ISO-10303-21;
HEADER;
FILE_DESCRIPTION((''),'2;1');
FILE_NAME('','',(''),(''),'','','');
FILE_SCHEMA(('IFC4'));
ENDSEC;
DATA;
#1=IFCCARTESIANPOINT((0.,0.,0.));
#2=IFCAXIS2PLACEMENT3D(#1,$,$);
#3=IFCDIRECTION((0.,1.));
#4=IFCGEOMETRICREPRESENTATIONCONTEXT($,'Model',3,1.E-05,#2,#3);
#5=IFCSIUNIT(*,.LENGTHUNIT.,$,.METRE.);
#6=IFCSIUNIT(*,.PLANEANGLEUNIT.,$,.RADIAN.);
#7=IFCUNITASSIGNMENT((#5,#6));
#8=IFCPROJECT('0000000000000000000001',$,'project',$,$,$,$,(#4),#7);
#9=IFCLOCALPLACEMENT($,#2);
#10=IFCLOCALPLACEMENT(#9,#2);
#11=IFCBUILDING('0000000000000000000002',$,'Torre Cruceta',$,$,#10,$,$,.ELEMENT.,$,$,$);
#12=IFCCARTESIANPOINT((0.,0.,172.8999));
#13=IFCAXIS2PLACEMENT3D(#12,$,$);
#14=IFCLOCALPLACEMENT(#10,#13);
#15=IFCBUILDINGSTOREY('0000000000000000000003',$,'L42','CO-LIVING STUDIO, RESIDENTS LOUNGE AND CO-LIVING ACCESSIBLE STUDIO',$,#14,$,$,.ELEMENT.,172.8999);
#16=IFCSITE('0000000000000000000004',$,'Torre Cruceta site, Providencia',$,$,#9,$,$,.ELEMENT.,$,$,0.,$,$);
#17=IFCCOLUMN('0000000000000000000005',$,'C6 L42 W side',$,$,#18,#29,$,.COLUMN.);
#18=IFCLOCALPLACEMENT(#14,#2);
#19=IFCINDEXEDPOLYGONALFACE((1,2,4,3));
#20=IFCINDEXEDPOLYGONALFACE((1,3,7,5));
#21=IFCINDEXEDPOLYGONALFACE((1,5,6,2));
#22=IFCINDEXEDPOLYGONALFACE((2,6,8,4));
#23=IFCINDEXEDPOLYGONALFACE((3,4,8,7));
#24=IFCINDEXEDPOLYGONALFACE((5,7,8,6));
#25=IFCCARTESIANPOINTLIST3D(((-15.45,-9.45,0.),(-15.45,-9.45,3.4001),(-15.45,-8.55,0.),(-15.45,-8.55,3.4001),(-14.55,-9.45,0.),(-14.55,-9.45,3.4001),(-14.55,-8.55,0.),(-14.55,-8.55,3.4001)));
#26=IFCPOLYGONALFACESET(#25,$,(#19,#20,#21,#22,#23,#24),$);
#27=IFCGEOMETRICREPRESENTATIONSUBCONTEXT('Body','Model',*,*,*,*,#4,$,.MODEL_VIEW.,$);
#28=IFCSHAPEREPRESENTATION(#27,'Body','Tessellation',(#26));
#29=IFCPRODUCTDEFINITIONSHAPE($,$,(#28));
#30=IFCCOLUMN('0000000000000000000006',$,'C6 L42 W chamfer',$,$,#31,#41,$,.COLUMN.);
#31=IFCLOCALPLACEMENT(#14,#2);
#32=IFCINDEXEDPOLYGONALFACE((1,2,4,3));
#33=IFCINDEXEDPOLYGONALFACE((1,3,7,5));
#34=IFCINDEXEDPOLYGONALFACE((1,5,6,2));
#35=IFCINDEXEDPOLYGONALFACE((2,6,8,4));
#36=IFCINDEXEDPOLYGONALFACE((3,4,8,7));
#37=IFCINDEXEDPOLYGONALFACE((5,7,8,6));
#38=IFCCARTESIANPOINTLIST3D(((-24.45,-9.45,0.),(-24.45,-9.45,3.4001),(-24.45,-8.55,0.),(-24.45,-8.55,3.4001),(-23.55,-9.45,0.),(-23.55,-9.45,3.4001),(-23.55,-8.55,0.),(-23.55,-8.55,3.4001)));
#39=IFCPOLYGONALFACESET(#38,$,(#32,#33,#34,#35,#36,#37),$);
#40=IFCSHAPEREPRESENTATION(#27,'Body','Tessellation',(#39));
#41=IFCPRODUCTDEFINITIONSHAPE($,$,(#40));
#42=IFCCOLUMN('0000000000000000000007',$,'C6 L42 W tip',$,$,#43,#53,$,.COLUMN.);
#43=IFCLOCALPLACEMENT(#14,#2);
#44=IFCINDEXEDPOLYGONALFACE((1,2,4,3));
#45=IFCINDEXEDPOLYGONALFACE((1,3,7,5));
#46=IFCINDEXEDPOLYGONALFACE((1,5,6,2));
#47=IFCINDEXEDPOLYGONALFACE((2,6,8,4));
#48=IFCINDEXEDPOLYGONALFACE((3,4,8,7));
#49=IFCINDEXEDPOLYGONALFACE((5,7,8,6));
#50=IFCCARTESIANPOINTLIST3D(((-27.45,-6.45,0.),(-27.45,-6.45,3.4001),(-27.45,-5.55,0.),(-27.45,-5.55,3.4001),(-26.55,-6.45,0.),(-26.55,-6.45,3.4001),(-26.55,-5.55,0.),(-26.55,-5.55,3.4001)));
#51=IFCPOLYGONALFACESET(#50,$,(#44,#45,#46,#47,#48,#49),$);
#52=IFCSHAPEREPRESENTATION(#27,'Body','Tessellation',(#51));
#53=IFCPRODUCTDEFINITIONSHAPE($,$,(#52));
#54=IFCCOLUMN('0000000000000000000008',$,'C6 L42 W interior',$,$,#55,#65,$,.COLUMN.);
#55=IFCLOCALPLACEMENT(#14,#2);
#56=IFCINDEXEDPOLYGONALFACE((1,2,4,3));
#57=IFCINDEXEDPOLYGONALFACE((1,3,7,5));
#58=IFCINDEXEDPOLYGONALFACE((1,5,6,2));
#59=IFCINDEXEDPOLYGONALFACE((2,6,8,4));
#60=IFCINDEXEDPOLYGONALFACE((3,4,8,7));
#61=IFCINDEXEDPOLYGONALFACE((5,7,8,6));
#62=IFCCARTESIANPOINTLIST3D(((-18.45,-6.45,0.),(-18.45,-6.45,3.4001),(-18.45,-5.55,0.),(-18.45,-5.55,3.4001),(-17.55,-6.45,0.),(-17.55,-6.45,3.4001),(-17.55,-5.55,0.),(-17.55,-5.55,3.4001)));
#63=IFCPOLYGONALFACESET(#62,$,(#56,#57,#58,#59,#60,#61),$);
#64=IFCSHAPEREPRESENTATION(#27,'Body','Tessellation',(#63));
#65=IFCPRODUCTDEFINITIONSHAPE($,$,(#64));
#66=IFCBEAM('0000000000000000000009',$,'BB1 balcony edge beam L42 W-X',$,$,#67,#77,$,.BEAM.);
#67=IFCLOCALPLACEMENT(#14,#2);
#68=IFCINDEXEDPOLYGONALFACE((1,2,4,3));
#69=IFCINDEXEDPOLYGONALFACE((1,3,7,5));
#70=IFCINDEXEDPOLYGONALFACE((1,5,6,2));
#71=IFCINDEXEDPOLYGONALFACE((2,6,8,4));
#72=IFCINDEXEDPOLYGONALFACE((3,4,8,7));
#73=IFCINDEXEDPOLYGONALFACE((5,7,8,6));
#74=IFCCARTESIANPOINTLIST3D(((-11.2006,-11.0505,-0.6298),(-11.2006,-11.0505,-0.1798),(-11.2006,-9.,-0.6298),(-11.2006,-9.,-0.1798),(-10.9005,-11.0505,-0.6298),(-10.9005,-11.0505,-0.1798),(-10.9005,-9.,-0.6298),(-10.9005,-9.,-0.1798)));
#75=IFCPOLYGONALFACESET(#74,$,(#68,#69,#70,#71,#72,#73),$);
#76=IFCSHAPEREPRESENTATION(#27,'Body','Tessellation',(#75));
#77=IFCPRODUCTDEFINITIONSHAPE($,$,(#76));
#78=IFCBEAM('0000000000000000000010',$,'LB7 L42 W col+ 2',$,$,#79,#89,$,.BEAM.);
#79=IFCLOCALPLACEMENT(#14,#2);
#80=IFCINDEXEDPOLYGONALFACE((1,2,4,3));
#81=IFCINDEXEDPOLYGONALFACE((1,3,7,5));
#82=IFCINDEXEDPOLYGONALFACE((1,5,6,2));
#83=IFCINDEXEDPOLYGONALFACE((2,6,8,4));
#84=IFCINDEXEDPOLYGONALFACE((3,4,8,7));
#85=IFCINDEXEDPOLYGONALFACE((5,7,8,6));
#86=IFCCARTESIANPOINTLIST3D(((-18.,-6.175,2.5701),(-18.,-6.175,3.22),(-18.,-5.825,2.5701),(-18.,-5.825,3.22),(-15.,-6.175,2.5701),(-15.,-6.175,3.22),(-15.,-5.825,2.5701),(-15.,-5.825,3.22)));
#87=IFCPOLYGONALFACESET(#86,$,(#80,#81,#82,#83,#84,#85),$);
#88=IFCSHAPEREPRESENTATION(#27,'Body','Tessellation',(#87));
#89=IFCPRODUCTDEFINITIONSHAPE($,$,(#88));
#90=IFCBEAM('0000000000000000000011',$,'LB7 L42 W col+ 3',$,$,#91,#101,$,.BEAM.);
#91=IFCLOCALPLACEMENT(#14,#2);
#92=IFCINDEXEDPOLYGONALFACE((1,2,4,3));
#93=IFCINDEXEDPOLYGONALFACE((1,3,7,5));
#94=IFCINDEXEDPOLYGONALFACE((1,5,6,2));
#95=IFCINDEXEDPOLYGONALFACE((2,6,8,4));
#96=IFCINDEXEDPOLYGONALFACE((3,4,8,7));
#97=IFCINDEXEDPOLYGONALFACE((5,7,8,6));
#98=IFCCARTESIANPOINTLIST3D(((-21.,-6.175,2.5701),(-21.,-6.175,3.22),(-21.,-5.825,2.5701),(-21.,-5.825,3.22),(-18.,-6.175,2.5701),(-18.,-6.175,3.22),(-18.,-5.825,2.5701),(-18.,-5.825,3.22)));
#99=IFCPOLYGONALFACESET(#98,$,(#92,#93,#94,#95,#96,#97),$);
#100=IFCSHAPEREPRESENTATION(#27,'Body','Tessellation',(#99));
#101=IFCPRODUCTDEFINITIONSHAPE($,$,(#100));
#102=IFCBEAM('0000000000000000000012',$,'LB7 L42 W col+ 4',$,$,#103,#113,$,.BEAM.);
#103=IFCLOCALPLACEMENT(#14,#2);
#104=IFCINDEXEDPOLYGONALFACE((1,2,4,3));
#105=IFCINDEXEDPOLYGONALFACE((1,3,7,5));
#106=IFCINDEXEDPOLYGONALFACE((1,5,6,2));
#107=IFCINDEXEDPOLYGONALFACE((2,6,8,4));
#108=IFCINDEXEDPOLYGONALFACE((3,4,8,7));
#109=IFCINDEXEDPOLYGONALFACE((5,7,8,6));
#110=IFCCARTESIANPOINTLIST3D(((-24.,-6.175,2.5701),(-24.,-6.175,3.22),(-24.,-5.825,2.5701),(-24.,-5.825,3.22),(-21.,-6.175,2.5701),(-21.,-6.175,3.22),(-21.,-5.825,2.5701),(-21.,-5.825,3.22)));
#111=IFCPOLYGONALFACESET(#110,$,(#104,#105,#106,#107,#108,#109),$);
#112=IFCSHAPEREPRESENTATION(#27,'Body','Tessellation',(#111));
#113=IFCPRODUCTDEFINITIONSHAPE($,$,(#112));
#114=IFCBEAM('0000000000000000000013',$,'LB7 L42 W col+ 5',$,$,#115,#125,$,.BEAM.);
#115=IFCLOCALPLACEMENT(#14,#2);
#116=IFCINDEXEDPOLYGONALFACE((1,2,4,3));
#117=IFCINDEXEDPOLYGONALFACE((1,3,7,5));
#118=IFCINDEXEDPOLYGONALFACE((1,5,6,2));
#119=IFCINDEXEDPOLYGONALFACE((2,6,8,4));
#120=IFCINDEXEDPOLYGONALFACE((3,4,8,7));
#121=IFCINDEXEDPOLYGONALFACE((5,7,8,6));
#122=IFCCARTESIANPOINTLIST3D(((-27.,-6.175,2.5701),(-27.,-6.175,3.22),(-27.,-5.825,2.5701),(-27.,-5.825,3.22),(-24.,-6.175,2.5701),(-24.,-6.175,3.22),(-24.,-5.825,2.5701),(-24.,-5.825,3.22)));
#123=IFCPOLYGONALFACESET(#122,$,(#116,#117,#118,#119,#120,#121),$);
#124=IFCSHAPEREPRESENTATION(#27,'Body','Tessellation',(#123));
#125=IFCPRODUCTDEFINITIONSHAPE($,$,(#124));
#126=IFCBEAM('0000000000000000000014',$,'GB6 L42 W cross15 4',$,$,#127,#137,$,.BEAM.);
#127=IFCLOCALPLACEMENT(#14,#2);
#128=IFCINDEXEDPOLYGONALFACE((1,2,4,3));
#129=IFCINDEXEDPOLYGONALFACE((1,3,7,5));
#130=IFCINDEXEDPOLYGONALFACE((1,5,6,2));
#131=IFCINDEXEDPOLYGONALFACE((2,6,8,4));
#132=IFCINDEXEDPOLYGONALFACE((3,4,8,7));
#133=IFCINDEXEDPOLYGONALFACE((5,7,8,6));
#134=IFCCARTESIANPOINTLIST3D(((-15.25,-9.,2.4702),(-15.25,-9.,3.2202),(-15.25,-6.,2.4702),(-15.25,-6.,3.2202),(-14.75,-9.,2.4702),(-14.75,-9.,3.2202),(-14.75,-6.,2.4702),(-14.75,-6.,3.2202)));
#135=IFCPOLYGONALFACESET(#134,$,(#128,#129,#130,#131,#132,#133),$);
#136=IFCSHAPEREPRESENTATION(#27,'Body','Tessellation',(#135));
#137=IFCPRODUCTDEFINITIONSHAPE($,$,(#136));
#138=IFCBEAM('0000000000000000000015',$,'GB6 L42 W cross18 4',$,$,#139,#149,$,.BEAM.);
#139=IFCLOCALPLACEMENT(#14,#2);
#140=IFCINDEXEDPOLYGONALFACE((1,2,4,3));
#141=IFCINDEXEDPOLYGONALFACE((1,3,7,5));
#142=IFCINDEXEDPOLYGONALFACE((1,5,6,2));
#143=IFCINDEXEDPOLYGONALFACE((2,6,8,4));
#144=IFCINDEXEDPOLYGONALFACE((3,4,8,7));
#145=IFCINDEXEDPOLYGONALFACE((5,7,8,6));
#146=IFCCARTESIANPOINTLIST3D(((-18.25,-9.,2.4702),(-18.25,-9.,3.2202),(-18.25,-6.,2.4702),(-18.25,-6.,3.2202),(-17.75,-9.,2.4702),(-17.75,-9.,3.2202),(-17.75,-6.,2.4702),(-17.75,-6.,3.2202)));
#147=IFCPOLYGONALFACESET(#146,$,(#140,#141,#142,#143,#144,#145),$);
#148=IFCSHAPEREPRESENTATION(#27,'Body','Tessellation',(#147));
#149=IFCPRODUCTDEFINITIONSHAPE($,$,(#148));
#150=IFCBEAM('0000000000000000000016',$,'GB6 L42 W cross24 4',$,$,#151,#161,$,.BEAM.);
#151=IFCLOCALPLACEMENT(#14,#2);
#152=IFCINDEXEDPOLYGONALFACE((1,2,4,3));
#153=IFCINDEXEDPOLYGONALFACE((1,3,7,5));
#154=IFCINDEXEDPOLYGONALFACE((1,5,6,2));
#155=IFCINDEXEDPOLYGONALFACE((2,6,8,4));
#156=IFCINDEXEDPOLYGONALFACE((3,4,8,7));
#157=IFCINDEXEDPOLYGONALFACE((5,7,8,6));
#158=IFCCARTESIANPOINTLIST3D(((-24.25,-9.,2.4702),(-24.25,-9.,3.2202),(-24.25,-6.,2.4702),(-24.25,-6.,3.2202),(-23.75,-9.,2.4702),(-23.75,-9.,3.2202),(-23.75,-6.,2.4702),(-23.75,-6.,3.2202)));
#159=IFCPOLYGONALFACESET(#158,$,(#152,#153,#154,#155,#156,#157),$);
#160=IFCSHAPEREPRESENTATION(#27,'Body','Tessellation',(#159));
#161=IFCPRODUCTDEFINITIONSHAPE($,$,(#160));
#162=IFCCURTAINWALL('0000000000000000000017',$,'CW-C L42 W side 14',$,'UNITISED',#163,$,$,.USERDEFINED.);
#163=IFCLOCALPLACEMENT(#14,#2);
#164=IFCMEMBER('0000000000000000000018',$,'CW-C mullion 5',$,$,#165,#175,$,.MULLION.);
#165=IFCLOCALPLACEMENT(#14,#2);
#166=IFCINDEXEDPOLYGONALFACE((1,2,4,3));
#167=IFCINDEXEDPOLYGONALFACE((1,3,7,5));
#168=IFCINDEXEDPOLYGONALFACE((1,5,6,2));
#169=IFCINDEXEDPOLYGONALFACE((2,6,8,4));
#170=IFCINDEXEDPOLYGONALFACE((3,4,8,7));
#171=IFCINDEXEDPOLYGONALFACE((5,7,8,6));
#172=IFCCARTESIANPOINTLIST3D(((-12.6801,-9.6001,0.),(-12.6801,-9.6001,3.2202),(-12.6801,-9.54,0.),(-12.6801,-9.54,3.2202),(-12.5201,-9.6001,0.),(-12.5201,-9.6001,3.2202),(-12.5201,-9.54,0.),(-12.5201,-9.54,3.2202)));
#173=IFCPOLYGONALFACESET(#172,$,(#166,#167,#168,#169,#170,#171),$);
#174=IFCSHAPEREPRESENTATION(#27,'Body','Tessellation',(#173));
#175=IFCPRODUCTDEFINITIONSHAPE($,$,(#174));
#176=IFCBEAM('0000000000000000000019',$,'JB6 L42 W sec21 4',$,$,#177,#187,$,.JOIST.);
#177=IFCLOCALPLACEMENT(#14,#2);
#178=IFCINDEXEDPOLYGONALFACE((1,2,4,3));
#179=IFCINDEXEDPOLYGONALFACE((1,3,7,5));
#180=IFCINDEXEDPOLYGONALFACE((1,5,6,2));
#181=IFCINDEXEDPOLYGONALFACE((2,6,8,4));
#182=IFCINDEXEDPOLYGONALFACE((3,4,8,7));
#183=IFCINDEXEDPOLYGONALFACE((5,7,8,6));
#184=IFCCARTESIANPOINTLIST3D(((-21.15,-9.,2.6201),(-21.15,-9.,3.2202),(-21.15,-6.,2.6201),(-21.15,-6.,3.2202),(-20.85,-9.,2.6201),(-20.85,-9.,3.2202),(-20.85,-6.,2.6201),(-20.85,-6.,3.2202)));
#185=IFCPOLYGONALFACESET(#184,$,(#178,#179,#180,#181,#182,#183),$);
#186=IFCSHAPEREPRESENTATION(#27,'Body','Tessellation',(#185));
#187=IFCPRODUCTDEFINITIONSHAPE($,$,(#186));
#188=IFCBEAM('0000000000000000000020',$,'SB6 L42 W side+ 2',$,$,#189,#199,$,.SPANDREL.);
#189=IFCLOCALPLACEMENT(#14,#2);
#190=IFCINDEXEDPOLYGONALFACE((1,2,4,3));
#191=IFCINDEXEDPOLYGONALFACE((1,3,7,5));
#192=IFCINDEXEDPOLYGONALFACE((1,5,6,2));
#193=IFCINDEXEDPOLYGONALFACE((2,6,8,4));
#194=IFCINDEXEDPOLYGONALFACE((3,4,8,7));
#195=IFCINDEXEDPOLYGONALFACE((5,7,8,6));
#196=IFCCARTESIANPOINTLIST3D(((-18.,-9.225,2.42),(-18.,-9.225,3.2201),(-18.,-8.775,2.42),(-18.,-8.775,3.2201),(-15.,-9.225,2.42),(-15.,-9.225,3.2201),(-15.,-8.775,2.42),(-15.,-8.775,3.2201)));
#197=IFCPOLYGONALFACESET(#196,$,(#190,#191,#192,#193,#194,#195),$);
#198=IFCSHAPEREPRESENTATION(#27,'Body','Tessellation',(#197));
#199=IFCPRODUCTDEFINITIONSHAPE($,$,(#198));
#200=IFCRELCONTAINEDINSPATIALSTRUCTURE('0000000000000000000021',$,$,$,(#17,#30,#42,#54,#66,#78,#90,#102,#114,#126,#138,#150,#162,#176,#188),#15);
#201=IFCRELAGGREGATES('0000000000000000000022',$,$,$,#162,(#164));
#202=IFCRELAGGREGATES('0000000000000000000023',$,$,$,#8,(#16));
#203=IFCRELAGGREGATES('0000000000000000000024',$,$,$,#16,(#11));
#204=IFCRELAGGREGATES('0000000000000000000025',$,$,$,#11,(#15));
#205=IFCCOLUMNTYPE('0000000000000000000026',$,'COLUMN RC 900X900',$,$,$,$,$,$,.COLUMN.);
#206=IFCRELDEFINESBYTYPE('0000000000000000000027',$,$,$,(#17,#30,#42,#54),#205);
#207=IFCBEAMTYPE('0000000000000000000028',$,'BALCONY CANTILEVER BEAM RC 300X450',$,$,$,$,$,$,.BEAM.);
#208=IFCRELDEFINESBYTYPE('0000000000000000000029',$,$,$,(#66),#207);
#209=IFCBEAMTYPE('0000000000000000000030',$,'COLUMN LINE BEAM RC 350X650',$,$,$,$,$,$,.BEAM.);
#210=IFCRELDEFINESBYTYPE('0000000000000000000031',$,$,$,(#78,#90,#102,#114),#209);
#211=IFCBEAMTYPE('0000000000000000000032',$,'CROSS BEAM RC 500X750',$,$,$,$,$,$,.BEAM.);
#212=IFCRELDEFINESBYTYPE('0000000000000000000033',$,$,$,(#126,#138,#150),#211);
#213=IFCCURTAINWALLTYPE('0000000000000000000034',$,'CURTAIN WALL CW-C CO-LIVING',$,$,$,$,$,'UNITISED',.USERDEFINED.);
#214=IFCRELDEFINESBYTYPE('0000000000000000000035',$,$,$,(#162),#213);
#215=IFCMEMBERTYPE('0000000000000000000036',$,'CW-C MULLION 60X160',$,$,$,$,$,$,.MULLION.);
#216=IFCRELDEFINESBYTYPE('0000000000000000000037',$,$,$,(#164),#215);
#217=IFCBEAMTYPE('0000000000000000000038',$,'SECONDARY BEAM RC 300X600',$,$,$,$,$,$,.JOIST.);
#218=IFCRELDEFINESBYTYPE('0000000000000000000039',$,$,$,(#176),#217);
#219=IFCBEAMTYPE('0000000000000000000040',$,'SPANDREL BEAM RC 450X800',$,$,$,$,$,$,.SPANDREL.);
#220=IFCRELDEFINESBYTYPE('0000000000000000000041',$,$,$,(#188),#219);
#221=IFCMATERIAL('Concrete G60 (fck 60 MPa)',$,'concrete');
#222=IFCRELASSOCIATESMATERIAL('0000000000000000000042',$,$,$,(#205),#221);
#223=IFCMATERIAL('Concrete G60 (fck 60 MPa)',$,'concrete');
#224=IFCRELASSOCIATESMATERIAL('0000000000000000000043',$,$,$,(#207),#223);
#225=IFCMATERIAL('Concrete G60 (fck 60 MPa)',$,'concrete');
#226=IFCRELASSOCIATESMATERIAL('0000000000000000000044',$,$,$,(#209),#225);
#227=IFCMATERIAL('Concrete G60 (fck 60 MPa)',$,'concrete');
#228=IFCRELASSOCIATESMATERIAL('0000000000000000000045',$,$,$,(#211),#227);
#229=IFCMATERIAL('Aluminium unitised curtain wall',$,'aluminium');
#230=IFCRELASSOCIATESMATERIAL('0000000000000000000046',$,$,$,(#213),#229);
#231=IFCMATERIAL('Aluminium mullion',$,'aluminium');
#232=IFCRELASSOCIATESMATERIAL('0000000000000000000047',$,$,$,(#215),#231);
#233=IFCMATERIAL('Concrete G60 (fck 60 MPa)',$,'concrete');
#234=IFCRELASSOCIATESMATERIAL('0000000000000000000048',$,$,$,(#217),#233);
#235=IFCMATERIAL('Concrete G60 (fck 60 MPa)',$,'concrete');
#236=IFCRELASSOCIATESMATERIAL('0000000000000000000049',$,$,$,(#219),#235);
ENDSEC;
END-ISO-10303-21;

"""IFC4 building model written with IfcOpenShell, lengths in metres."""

from ifc_helpers import new_model, si_unit, direction, frame, origin, origin_2d, place, context, subcontext, project, spatial, rectangle, extrude, material, material_profile, profile_set, type_object, element, aggregate, save


model = new_model("IFC4")

# Units and contexts
model_context = context("Model", 3, precision=1e-05, world=origin(), true_north=direction((0.0, 1.0)))
body_context = subcontext(model_context, "Body", "Model", "MODEL_VIEW")
ifc_project = project(units=[si_unit("LENGTHUNIT", "METRE"), si_unit("PLANEANGLEUNIT", "RADIAN")], contexts=[model_context])

# Site, building, storey
site_placement = place(None, origin())
site = spatial("IfcSite", under=ifc_project, at=site_placement, Name="Torre Cruceta site, Providencia", CompositionType="ELEMENT", RefElevation=0.0)
building_placement = place(site_placement, origin())
building = spatial("IfcBuilding", under=site, at=building_placement, Name="Torre Cruceta", CompositionType="ELEMENT")
storey_placement = place(building_placement, frame((0.0, 0.0, 172.8999)))
storey = spatial("IfcBuildingStorey", under=building, at=storey_placement, Name="L42", Description="CO-LIVING STUDIO, RESIDENTS LOUNGE AND CO-LIVING ACCESSIBLE STUDIO", CompositionType="ELEMENT", Elevation=172.8999)

# Columns
ifc_material_1 = material(Name="Concrete G60 (fck 60 MPa)", Category="concrete")
ifc_material_profile_1 = material_profile(ifc_material_1, rectangle(XDim=0.8999, YDim=0.8999, at=origin_2d()), Name="RC 900X900")
ifc_profile_set_1 = profile_set([ifc_material_profile_1], Name="Concrete G60 (fck 60 MPa)")
column_type = type_object("IfcColumnType", Name="COLUMN RC 900X900", PredefinedType="COLUMN", material=ifc_profile_set_1)
for number, where, z_axis, x_axis, name in (
    (1, (-15.0, -9.0, 0.0), (0.0, 0.0, 1.0), (1.0, 0.0, 0.0), "C6 L42 W side"),
    (2, (-24.0, -9.0, 0.0), (0.0, 0.0, 1.0), (1.0, 0.0, 0.0), "C6 L42 W chamfer"),
    (3, (-27.0, -6.0, 0.0), (0.0, 0.0, 1.0), (1.0, 0.0, 0.0), "C6 L42 W tip"),
    (4, (-18.0, -6.0, 0.0), (0.0, 0.0, 1.0), (1.0, 0.0, 0.0), "C6 L42 W interior"),
):
    element("IfcColumn", number, at=place(storey_placement, frame(where, z_axis=z_axis, x_axis=x_axis)), inside=storey, type_object=column_type, Name=name, PredefinedType="COLUMN", context=body_context, shape_type="SweptSolid", body=[
        extrude(rectangle(XDim=0.8999, YDim=0.8999, at=origin_2d()), origin(), (0.0, 0.0, 1.0), 3.4001),
    ])

# Beams
ifc_material_2 = material(Name="Concrete G60 (fck 60 MPa)", Category="concrete")
ifc_material_profile_2 = material_profile(ifc_material_2, rectangle(XDim=0.3, YDim=0.45, at=origin_2d()), Name="RC 300X450")
ifc_profile_set_2 = profile_set([ifc_material_profile_2], Name="Concrete G60 (fck 60 MPa)")
beam_type_1 = type_object("IfcBeamType", Name="BALCONY CANTILEVER BEAM RC 300X450", PredefinedType="BEAM", material=ifc_profile_set_2)
beam_1_placement = place(storey_placement, frame((-11.0505, -9.0, -0.4048), z_axis=(0.0, -1.0, 0.0), x_axis=(1.0, 0.0, 0.0)))
element("IfcBeam", 5, at=beam_1_placement, inside=storey, type_object=beam_type_1, Name="BB1 balcony edge beam L42 W-X", PredefinedType="BEAM", context=body_context, shape_type="SweptSolid", body=[
    extrude(rectangle(XDim=0.3, YDim=0.45, at=origin_2d()), origin(), (0.0, 0.0, 1.0), 2.0505),
])
ifc_material_3 = material(Name="Concrete G60 (fck 60 MPa)", Category="concrete")
ifc_material_profile_3 = material_profile(ifc_material_3, rectangle(XDim=0.3501, YDim=0.6499, at=origin_2d()), Name="RC 350X650")
ifc_profile_set_3 = profile_set([ifc_material_profile_3], Name="Concrete G60 (fck 60 MPa)")
beam_type_2 = type_object("IfcBeamType", Name="COLUMN LINE BEAM RC 350X650", PredefinedType="BEAM", material=ifc_profile_set_3)
for number, where, z_axis, x_axis, name in (
    (6, (-15.0, -6.0, 2.895), (-1.0, 0.0, 0.0), (0.0, -1.0, 0.0), "LB7 L42 W col+ 2"),
    (7, (-18.0, -6.0, 2.895), (-1.0, 0.0, 0.0), (0.0, -1.0, 0.0), "LB7 L42 W col+ 3"),
    (8, (-21.0, -6.0, 2.895), (-1.0, 0.0, 0.0), (0.0, -1.0, 0.0), "LB7 L42 W col+ 4"),
    (9, (-24.0, -6.0, 2.895), (-1.0, 0.0, 0.0), (0.0, -1.0, 0.0), "LB7 L42 W col+ 5"),
):
    element("IfcBeam", number, at=place(storey_placement, frame(where, z_axis=z_axis, x_axis=x_axis)), inside=storey, type_object=beam_type_2, Name=name, PredefinedType="BEAM", context=body_context, shape_type="SweptSolid", body=[
        extrude(rectangle(XDim=0.3501, YDim=0.6499, at=origin_2d()), origin(), (0.0, 0.0, 1.0), 3.0),
    ])
ifc_material_4 = material(Name="Concrete G60 (fck 60 MPa)", Category="concrete")
ifc_material_profile_4 = material_profile(ifc_material_4, rectangle(XDim=0.5, YDim=0.75, at=origin_2d()), Name="RC 500X750")
ifc_profile_set_4 = profile_set([ifc_material_profile_4], Name="Concrete G60 (fck 60 MPa)")
beam_type_3 = type_object("IfcBeamType", Name="CROSS BEAM RC 500X750", PredefinedType="BEAM", material=ifc_profile_set_4)
for number, where, z_axis, x_axis, name in (
    (10, (-15.0, -6.0, 2.8452), (0.0, -1.0, 0.0), (1.0, 0.0, 0.0), "GB6 L42 W cross15 4"),
    (11, (-18.0, -6.0, 2.8452), (0.0, -1.0, 0.0), (1.0, 0.0, 0.0), "GB6 L42 W cross18 4"),
    (12, (-24.0, -6.0, 2.8452), (0.0, -1.0, 0.0), (1.0, 0.0, 0.0), "GB6 L42 W cross24 4"),
):
    element("IfcBeam", number, at=place(storey_placement, frame(where, z_axis=z_axis, x_axis=x_axis)), inside=storey, type_object=beam_type_3, Name=name, PredefinedType="BEAM", context=body_context, shape_type="SweptSolid", body=[
        extrude(rectangle(XDim=0.5, YDim=0.75, at=origin_2d()), origin(), (0.0, 0.0, 1.0), 3.0),
    ])

# Curtain wall, member
ifc_material_5 = material(Name="Aluminium unitised curtain wall", Category="aluminium")
curtain_wall_type = type_object("IfcCurtainWallType", Name="CURTAIN WALL CW-C CO-LIVING", ElementType="UNITISED", PredefinedType="USERDEFINED", material=ifc_material_5)
curtain_wall_placement = place(storey_placement, origin())
curtain_wall = element("IfcCurtainWall", 13, at=curtain_wall_placement, inside=storey, type_object=curtain_wall_type, Name="CW-C L42 W side 14", ObjectType="UNITISED", PredefinedType="USERDEFINED")
ifc_material_6 = material(Name="Aluminium mullion", Category="aluminium")
ifc_material_profile_5 = material_profile(ifc_material_6, rectangle(XDim=0.0601, YDim=0.1599, at=origin_2d()), Name="AL 60X160")
ifc_profile_set_5 = profile_set([ifc_material_profile_5], Name="Aluminium mullion")
member_type = type_object("IfcMemberType", Name="CW-C MULLION 60X160", PredefinedType="MULLION", material=ifc_profile_set_5)
member_placement = place(storey_placement, frame((-12.6001, -9.5701, 0.0), z_axis=(0.0, 0.0, 1.0), x_axis=(0.0, 1.0, 0.0)))
member = element("IfcMember", 14, at=member_placement, type_object=member_type, Name="CW-C mullion 5", PredefinedType="MULLION", context=body_context, shape_type="SweptSolid", body=[
    extrude(rectangle(XDim=0.0601, YDim=0.1599, at=origin_2d()), origin(), (0.0, 0.0, 1.0), 3.2202),
])
aggregate(curtain_wall, [member])

# Beams
ifc_material_7 = material(Name="Concrete G60 (fck 60 MPa)", Category="concrete")
ifc_material_profile_6 = material_profile(ifc_material_7, rectangle(XDim=0.3, YDim=0.6001, at=origin_2d()), Name="RC 300X600")
ifc_profile_set_6 = profile_set([ifc_material_profile_6], Name="Concrete G60 (fck 60 MPa)")
beam_type_4 = type_object("IfcBeamType", Name="SECONDARY BEAM RC 300X600", PredefinedType="JOIST", material=ifc_profile_set_6)
beam_2_placement = place(storey_placement, frame((-21.0, -6.0, 2.9202), z_axis=(0.0, -1.0, 0.0), x_axis=(1.0, 0.0, 0.0)))
element("IfcBeam", 15, at=beam_2_placement, inside=storey, type_object=beam_type_4, Name="JB6 L42 W sec21 4", PredefinedType="JOIST", context=body_context, shape_type="SweptSolid", body=[
    extrude(rectangle(XDim=0.3, YDim=0.6001, at=origin_2d()), origin(), (0.0, 0.0, 1.0), 3.0),
])
ifc_material_8 = material(Name="Concrete G60 (fck 60 MPa)", Category="concrete")
ifc_material_profile_7 = material_profile(ifc_material_8, rectangle(XDim=0.45, YDim=0.8, at=origin_2d()), Name="RC 450X800")
ifc_profile_set_7 = profile_set([ifc_material_profile_7], Name="Concrete G60 (fck 60 MPa)")
beam_type_5 = type_object("IfcBeamType", Name="SPANDREL BEAM RC 450X800", PredefinedType="SPANDREL", material=ifc_profile_set_7)
for number, where, z_axis, x_axis, name in (
    (16, (-15.0, -9.0, 2.8201), (-1.0, 0.0, 0.0), (0.0, -1.0, 0.0), "SB6 L42 W side+ 2"),
):
    element("IfcBeam", number, at=place(storey_placement, frame(where, z_axis=z_axis, x_axis=x_axis)), inside=storey, type_object=beam_type_5, Name=name, PredefinedType="SPANDREL", context=body_context, shape_type="SweptSolid", body=[
        extrude(rectangle(XDim=0.45, YDim=0.8, at=origin_2d()), origin(), (0.0, 0.0, 1.0), 3.0),
    ])

save(model, "model.ifc")
